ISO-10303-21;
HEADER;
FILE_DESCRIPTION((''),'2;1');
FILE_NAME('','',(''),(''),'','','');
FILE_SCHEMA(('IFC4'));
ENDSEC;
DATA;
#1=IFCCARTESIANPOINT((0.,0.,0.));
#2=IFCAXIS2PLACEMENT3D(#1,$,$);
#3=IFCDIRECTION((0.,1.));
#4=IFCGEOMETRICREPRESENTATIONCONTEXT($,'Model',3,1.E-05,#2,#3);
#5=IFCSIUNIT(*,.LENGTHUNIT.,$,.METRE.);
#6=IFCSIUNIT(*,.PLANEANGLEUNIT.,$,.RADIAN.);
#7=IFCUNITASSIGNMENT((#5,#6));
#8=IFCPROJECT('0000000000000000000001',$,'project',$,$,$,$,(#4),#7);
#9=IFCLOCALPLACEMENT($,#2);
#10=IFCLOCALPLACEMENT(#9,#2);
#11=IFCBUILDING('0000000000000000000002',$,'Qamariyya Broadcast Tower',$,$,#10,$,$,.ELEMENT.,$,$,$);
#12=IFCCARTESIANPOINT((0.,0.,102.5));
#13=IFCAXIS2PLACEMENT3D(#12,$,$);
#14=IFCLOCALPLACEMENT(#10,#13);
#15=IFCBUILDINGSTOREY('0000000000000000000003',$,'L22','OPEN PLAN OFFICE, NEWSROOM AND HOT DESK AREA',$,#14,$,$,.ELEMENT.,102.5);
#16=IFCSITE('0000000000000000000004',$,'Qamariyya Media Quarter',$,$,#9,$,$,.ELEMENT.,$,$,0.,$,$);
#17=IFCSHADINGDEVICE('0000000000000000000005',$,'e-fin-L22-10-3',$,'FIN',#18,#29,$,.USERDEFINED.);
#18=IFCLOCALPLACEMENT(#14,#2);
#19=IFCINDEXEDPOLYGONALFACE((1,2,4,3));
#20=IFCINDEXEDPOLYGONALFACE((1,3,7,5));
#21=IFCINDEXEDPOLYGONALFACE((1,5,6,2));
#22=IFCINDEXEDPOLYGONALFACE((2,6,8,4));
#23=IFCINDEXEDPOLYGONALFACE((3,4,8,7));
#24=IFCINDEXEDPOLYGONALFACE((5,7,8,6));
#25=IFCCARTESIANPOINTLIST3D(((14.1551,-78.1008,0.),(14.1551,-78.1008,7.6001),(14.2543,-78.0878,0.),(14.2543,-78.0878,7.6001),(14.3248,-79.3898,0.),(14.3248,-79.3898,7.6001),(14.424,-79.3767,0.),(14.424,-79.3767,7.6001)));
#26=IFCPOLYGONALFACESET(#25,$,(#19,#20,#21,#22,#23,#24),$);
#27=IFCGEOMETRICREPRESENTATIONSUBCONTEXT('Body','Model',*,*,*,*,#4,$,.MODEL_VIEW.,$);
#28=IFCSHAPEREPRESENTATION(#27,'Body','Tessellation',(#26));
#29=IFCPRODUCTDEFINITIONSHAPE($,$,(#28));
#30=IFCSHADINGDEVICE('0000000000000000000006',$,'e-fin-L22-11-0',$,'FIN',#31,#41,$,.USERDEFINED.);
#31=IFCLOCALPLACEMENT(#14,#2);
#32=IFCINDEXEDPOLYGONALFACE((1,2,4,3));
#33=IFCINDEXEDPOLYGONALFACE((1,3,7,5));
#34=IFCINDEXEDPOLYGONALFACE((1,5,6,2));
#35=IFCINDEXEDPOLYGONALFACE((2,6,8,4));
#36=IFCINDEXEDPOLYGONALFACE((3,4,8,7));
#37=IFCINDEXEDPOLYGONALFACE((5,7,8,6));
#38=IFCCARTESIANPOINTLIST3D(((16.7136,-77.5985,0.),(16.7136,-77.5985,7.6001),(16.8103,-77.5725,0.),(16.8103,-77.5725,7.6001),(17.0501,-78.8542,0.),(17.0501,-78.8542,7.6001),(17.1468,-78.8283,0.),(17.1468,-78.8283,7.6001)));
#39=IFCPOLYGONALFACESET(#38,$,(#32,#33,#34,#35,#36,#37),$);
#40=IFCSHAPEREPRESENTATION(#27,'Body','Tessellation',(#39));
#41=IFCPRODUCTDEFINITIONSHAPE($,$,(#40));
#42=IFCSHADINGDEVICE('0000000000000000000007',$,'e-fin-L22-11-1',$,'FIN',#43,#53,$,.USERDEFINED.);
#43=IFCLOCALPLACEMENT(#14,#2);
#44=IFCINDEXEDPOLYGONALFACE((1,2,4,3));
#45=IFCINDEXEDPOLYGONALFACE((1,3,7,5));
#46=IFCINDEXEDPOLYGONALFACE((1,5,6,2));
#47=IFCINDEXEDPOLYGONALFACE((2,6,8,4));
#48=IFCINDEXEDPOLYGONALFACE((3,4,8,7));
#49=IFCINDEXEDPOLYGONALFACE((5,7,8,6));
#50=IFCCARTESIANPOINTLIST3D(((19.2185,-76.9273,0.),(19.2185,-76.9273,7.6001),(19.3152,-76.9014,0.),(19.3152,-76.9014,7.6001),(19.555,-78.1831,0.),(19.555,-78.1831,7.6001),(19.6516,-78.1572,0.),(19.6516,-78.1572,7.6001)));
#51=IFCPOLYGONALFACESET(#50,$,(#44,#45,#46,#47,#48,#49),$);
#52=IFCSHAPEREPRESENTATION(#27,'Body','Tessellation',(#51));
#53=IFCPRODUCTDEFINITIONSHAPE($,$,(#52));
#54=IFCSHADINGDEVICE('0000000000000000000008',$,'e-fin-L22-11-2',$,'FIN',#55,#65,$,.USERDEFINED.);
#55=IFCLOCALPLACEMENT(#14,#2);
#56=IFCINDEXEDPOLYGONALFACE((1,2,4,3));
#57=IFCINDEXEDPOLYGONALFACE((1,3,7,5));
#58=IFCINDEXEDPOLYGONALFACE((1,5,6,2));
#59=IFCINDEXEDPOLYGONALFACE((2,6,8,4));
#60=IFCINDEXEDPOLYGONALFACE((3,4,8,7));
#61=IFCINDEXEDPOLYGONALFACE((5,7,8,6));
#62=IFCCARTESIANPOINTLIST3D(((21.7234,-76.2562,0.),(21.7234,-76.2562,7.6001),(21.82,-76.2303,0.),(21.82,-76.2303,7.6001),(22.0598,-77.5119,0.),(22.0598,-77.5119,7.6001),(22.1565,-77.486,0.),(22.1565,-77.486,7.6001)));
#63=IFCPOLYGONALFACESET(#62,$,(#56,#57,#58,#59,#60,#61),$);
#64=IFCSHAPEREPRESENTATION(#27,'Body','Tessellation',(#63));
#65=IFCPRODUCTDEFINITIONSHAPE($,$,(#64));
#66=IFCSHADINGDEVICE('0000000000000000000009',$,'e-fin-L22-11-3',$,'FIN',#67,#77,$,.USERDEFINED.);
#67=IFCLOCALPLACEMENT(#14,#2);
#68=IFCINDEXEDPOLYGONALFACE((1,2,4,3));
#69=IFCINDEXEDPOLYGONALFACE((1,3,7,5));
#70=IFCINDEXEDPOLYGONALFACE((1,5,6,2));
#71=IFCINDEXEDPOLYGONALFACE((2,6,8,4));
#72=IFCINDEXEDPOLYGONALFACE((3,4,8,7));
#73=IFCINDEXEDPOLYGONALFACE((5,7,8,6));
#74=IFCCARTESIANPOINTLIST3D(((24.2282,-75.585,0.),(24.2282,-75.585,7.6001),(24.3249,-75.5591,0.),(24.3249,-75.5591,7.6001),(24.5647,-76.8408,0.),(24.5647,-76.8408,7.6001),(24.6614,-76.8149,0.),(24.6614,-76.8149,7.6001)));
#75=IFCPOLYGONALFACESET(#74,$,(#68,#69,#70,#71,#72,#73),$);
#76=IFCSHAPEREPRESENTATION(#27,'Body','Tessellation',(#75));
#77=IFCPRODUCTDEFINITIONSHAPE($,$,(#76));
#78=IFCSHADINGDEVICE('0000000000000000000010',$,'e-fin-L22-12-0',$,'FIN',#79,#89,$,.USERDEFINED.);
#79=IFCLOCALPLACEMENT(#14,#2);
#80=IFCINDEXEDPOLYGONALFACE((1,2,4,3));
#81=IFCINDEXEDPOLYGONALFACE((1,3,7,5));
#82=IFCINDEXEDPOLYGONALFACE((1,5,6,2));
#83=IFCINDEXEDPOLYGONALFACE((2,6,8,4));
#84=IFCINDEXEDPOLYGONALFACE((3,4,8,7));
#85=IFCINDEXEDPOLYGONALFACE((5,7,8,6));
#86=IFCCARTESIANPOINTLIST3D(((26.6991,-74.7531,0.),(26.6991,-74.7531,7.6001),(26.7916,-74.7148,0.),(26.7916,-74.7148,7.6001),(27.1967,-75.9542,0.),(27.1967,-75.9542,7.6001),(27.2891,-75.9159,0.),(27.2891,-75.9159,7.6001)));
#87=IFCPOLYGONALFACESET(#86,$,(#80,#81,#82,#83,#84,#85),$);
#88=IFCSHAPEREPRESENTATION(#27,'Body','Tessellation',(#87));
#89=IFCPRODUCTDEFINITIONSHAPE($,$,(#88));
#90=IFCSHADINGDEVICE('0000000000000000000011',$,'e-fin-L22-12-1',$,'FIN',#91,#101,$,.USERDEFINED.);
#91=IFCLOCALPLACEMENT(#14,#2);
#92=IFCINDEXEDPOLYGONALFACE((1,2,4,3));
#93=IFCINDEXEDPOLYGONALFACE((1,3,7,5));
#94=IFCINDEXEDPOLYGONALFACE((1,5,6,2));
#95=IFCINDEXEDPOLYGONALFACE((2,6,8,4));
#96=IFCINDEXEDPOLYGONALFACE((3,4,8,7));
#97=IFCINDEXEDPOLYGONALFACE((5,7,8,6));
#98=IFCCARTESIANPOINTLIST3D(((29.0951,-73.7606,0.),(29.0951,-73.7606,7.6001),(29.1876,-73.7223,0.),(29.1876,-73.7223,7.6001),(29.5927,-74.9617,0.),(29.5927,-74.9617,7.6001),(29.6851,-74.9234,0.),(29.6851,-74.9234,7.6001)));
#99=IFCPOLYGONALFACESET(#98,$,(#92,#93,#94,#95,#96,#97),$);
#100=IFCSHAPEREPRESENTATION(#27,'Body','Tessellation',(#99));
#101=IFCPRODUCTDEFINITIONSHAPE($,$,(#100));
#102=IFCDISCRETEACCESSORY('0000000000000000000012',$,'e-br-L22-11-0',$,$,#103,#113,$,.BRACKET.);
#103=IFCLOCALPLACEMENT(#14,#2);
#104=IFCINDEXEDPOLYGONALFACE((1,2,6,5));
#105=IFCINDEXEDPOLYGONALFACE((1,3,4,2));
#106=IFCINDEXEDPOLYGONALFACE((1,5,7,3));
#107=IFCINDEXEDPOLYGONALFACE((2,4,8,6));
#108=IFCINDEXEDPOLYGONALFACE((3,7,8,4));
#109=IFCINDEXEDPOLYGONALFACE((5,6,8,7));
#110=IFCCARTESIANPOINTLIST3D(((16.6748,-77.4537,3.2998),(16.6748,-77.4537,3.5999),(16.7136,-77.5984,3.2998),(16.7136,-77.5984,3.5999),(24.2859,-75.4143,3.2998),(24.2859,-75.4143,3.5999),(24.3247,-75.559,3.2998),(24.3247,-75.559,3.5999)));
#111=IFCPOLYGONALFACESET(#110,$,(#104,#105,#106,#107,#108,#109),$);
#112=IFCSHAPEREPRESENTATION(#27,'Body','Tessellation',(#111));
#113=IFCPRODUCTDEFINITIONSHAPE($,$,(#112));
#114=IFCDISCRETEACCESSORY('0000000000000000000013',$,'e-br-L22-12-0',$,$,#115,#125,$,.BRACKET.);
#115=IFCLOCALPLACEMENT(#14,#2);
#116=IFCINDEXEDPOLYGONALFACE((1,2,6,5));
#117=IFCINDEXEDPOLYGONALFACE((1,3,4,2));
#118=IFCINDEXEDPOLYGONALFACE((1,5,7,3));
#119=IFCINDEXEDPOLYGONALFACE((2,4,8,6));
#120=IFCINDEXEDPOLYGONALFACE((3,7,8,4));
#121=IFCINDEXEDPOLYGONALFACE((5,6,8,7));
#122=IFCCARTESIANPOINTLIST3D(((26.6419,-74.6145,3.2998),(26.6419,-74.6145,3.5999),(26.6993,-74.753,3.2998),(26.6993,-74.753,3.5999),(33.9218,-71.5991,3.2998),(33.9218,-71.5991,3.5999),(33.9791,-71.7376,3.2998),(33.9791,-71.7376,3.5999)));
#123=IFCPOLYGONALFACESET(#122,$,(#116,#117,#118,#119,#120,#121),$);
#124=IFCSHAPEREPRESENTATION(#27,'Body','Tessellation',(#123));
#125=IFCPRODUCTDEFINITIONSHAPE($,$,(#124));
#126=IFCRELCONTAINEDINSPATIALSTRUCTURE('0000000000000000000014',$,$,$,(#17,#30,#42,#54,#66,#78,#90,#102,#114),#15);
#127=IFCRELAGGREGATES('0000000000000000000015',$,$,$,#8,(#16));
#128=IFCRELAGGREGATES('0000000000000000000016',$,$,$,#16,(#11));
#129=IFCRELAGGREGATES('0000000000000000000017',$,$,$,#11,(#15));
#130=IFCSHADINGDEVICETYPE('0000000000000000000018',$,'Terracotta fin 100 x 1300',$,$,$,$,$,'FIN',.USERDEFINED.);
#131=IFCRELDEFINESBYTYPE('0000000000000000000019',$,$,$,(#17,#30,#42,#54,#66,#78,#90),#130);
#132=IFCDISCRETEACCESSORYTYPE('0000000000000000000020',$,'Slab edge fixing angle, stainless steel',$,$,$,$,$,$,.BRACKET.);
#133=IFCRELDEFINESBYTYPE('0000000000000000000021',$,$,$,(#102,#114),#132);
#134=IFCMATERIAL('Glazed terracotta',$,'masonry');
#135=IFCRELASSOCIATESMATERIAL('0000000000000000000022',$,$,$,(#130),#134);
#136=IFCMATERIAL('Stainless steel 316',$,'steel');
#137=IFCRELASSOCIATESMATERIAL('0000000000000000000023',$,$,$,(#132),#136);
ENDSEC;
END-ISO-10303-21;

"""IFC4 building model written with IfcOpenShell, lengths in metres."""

from ifc_helpers import new_model, si_unit, direction, frame, origin, origin_2d, place, context, subcontext, project, spatial, rectangle, extrude, material, material_profile, profile_set, type_object, element, save


model = new_model("IFC4")

# Units and contexts
model_context = context("Model", 3, precision=1e-05, world=origin(), true_north=direction((0.0, 1.0)))
body_context = subcontext(model_context, "Body", "Model", "MODEL_VIEW")
ifc_project = project(units=[si_unit("LENGTHUNIT", "METRE"), si_unit("PLANEANGLEUNIT", "RADIAN")], contexts=[model_context])

# Site, building, storey
site_placement = place(None, origin())
site = spatial("IfcSite", under=ifc_project, at=site_placement, Name="Qamariyya Media Quarter", CompositionType="ELEMENT", RefElevation=0.0)
building_placement = place(site_placement, origin())
building = spatial("IfcBuilding", under=site, at=building_placement, Name="Qamariyya Broadcast Tower", CompositionType="ELEMENT")
storey_placement = place(building_placement, frame((0.0, 0.0, 102.5)))
storey = spatial("IfcBuildingStorey", under=building, at=storey_placement, Name="L22", Description="OPEN PLAN OFFICE, NEWSROOM AND HOT DESK AREA", CompositionType="ELEMENT", Elevation=102.5)

# Shading devices
ifc_material_1 = material(Name="Glazed terracotta", Category="masonry")
ifc_material_profile_1 = material_profile(ifc_material_1, rectangle(XDim=1.3, YDim=0.1001, at=origin_2d()))
ifc_profile_set_1 = profile_set([ifc_material_profile_1], Name="Glazed terracotta")
shading_device_type_1 = type_object("IfcShadingDeviceType", Name="Terracotta fin 100 x 1300", ElementType="FIN", PredefinedType="USERDEFINED", material=ifc_profile_set_1)
for number, where, z_axis, x_axis, name in (
    (1, (14.2896, -78.7388, 0.0), (0.0, 0.0, 1.0), (0.130526, -0.991445, 0.0), "e-fin-L22-10-3"),
    (2, (16.9302, -78.2134, 0.0), (0.0, 0.0, 1.0), (0.258819, -0.965926, 0.0), "e-fin-L22-11-0"),
    (3, (19.4351, -77.5422, 0.0), (0.0, 0.0, 1.0), (0.258819, -0.965926, 0.0), "e-fin-L22-11-1"),
    (4, (21.9399, -76.8711, 0.0), (0.0, 0.0, 1.0), (0.258819, -0.965926, 0.0), "e-fin-L22-11-2"),
    (5, (24.4448, -76.2, 0.0), (0.0, 0.0, 1.0), (0.258819, -0.965926, 0.0), "e-fin-L22-11-3"),
    (6, (26.9941, -75.3345, 0.0), (0.0, 0.0, 1.0), (0.382683, -0.92388, 0.0), "e-fin-L22-12-0"),
    (7, (29.3901, -74.342, 0.0), (0.0, 0.0, 1.0), (0.382683, -0.92388, 0.0), "e-fin-L22-12-1"),
):
    element("IfcShadingDevice", number, at=place(storey_placement, frame(where, z_axis=z_axis, x_axis=x_axis)), inside=storey, type_object=shading_device_type_1, Name=name, ObjectType="FIN", PredefinedType="USERDEFINED", context=body_context, shape_type="SweptSolid", body=[
        extrude(rectangle(XDim=1.3, YDim=0.1001, at=origin_2d()), origin(), (0.0, 0.0, 1.0), 7.6001),
    ])

# Discrete accessories
ifc_material_2 = material(Name="Stainless steel 316", Category="steel")
discrete_accessory_type = type_object("IfcDiscreteAccessoryType", Name="Slab edge fixing angle, stainless steel", PredefinedType="BRACKET", material=ifc_material_2)
for number, where, z_axis, x_axis, name in (
    (8, (20.4998, -76.5063, 3.2998), (0.0, 0.0, 1.0), (0.965926, 0.258819, 0.0), "e-br-L22-11-0"),
    (9, (30.3105, -73.176, 3.2998), (0.0, 0.0, 1.0), (0.92388, 0.382683, 0.0), "e-br-L22-12-0"),
):
    element("IfcDiscreteAccessory", number, at=place(storey_placement, frame(where, z_axis=z_axis, x_axis=x_axis)), inside=storey, type_object=discrete_accessory_type, Name=name, PredefinedType="BRACKET", context=body_context, shape_type="SweptSolid", body=[
        extrude(rectangle(XDim=7.8796, YDim=0.1499, at=origin_2d()), origin(), (0.0, 0.0, 1.0), 0.3),
    ])

save(model, "model.ifc")
